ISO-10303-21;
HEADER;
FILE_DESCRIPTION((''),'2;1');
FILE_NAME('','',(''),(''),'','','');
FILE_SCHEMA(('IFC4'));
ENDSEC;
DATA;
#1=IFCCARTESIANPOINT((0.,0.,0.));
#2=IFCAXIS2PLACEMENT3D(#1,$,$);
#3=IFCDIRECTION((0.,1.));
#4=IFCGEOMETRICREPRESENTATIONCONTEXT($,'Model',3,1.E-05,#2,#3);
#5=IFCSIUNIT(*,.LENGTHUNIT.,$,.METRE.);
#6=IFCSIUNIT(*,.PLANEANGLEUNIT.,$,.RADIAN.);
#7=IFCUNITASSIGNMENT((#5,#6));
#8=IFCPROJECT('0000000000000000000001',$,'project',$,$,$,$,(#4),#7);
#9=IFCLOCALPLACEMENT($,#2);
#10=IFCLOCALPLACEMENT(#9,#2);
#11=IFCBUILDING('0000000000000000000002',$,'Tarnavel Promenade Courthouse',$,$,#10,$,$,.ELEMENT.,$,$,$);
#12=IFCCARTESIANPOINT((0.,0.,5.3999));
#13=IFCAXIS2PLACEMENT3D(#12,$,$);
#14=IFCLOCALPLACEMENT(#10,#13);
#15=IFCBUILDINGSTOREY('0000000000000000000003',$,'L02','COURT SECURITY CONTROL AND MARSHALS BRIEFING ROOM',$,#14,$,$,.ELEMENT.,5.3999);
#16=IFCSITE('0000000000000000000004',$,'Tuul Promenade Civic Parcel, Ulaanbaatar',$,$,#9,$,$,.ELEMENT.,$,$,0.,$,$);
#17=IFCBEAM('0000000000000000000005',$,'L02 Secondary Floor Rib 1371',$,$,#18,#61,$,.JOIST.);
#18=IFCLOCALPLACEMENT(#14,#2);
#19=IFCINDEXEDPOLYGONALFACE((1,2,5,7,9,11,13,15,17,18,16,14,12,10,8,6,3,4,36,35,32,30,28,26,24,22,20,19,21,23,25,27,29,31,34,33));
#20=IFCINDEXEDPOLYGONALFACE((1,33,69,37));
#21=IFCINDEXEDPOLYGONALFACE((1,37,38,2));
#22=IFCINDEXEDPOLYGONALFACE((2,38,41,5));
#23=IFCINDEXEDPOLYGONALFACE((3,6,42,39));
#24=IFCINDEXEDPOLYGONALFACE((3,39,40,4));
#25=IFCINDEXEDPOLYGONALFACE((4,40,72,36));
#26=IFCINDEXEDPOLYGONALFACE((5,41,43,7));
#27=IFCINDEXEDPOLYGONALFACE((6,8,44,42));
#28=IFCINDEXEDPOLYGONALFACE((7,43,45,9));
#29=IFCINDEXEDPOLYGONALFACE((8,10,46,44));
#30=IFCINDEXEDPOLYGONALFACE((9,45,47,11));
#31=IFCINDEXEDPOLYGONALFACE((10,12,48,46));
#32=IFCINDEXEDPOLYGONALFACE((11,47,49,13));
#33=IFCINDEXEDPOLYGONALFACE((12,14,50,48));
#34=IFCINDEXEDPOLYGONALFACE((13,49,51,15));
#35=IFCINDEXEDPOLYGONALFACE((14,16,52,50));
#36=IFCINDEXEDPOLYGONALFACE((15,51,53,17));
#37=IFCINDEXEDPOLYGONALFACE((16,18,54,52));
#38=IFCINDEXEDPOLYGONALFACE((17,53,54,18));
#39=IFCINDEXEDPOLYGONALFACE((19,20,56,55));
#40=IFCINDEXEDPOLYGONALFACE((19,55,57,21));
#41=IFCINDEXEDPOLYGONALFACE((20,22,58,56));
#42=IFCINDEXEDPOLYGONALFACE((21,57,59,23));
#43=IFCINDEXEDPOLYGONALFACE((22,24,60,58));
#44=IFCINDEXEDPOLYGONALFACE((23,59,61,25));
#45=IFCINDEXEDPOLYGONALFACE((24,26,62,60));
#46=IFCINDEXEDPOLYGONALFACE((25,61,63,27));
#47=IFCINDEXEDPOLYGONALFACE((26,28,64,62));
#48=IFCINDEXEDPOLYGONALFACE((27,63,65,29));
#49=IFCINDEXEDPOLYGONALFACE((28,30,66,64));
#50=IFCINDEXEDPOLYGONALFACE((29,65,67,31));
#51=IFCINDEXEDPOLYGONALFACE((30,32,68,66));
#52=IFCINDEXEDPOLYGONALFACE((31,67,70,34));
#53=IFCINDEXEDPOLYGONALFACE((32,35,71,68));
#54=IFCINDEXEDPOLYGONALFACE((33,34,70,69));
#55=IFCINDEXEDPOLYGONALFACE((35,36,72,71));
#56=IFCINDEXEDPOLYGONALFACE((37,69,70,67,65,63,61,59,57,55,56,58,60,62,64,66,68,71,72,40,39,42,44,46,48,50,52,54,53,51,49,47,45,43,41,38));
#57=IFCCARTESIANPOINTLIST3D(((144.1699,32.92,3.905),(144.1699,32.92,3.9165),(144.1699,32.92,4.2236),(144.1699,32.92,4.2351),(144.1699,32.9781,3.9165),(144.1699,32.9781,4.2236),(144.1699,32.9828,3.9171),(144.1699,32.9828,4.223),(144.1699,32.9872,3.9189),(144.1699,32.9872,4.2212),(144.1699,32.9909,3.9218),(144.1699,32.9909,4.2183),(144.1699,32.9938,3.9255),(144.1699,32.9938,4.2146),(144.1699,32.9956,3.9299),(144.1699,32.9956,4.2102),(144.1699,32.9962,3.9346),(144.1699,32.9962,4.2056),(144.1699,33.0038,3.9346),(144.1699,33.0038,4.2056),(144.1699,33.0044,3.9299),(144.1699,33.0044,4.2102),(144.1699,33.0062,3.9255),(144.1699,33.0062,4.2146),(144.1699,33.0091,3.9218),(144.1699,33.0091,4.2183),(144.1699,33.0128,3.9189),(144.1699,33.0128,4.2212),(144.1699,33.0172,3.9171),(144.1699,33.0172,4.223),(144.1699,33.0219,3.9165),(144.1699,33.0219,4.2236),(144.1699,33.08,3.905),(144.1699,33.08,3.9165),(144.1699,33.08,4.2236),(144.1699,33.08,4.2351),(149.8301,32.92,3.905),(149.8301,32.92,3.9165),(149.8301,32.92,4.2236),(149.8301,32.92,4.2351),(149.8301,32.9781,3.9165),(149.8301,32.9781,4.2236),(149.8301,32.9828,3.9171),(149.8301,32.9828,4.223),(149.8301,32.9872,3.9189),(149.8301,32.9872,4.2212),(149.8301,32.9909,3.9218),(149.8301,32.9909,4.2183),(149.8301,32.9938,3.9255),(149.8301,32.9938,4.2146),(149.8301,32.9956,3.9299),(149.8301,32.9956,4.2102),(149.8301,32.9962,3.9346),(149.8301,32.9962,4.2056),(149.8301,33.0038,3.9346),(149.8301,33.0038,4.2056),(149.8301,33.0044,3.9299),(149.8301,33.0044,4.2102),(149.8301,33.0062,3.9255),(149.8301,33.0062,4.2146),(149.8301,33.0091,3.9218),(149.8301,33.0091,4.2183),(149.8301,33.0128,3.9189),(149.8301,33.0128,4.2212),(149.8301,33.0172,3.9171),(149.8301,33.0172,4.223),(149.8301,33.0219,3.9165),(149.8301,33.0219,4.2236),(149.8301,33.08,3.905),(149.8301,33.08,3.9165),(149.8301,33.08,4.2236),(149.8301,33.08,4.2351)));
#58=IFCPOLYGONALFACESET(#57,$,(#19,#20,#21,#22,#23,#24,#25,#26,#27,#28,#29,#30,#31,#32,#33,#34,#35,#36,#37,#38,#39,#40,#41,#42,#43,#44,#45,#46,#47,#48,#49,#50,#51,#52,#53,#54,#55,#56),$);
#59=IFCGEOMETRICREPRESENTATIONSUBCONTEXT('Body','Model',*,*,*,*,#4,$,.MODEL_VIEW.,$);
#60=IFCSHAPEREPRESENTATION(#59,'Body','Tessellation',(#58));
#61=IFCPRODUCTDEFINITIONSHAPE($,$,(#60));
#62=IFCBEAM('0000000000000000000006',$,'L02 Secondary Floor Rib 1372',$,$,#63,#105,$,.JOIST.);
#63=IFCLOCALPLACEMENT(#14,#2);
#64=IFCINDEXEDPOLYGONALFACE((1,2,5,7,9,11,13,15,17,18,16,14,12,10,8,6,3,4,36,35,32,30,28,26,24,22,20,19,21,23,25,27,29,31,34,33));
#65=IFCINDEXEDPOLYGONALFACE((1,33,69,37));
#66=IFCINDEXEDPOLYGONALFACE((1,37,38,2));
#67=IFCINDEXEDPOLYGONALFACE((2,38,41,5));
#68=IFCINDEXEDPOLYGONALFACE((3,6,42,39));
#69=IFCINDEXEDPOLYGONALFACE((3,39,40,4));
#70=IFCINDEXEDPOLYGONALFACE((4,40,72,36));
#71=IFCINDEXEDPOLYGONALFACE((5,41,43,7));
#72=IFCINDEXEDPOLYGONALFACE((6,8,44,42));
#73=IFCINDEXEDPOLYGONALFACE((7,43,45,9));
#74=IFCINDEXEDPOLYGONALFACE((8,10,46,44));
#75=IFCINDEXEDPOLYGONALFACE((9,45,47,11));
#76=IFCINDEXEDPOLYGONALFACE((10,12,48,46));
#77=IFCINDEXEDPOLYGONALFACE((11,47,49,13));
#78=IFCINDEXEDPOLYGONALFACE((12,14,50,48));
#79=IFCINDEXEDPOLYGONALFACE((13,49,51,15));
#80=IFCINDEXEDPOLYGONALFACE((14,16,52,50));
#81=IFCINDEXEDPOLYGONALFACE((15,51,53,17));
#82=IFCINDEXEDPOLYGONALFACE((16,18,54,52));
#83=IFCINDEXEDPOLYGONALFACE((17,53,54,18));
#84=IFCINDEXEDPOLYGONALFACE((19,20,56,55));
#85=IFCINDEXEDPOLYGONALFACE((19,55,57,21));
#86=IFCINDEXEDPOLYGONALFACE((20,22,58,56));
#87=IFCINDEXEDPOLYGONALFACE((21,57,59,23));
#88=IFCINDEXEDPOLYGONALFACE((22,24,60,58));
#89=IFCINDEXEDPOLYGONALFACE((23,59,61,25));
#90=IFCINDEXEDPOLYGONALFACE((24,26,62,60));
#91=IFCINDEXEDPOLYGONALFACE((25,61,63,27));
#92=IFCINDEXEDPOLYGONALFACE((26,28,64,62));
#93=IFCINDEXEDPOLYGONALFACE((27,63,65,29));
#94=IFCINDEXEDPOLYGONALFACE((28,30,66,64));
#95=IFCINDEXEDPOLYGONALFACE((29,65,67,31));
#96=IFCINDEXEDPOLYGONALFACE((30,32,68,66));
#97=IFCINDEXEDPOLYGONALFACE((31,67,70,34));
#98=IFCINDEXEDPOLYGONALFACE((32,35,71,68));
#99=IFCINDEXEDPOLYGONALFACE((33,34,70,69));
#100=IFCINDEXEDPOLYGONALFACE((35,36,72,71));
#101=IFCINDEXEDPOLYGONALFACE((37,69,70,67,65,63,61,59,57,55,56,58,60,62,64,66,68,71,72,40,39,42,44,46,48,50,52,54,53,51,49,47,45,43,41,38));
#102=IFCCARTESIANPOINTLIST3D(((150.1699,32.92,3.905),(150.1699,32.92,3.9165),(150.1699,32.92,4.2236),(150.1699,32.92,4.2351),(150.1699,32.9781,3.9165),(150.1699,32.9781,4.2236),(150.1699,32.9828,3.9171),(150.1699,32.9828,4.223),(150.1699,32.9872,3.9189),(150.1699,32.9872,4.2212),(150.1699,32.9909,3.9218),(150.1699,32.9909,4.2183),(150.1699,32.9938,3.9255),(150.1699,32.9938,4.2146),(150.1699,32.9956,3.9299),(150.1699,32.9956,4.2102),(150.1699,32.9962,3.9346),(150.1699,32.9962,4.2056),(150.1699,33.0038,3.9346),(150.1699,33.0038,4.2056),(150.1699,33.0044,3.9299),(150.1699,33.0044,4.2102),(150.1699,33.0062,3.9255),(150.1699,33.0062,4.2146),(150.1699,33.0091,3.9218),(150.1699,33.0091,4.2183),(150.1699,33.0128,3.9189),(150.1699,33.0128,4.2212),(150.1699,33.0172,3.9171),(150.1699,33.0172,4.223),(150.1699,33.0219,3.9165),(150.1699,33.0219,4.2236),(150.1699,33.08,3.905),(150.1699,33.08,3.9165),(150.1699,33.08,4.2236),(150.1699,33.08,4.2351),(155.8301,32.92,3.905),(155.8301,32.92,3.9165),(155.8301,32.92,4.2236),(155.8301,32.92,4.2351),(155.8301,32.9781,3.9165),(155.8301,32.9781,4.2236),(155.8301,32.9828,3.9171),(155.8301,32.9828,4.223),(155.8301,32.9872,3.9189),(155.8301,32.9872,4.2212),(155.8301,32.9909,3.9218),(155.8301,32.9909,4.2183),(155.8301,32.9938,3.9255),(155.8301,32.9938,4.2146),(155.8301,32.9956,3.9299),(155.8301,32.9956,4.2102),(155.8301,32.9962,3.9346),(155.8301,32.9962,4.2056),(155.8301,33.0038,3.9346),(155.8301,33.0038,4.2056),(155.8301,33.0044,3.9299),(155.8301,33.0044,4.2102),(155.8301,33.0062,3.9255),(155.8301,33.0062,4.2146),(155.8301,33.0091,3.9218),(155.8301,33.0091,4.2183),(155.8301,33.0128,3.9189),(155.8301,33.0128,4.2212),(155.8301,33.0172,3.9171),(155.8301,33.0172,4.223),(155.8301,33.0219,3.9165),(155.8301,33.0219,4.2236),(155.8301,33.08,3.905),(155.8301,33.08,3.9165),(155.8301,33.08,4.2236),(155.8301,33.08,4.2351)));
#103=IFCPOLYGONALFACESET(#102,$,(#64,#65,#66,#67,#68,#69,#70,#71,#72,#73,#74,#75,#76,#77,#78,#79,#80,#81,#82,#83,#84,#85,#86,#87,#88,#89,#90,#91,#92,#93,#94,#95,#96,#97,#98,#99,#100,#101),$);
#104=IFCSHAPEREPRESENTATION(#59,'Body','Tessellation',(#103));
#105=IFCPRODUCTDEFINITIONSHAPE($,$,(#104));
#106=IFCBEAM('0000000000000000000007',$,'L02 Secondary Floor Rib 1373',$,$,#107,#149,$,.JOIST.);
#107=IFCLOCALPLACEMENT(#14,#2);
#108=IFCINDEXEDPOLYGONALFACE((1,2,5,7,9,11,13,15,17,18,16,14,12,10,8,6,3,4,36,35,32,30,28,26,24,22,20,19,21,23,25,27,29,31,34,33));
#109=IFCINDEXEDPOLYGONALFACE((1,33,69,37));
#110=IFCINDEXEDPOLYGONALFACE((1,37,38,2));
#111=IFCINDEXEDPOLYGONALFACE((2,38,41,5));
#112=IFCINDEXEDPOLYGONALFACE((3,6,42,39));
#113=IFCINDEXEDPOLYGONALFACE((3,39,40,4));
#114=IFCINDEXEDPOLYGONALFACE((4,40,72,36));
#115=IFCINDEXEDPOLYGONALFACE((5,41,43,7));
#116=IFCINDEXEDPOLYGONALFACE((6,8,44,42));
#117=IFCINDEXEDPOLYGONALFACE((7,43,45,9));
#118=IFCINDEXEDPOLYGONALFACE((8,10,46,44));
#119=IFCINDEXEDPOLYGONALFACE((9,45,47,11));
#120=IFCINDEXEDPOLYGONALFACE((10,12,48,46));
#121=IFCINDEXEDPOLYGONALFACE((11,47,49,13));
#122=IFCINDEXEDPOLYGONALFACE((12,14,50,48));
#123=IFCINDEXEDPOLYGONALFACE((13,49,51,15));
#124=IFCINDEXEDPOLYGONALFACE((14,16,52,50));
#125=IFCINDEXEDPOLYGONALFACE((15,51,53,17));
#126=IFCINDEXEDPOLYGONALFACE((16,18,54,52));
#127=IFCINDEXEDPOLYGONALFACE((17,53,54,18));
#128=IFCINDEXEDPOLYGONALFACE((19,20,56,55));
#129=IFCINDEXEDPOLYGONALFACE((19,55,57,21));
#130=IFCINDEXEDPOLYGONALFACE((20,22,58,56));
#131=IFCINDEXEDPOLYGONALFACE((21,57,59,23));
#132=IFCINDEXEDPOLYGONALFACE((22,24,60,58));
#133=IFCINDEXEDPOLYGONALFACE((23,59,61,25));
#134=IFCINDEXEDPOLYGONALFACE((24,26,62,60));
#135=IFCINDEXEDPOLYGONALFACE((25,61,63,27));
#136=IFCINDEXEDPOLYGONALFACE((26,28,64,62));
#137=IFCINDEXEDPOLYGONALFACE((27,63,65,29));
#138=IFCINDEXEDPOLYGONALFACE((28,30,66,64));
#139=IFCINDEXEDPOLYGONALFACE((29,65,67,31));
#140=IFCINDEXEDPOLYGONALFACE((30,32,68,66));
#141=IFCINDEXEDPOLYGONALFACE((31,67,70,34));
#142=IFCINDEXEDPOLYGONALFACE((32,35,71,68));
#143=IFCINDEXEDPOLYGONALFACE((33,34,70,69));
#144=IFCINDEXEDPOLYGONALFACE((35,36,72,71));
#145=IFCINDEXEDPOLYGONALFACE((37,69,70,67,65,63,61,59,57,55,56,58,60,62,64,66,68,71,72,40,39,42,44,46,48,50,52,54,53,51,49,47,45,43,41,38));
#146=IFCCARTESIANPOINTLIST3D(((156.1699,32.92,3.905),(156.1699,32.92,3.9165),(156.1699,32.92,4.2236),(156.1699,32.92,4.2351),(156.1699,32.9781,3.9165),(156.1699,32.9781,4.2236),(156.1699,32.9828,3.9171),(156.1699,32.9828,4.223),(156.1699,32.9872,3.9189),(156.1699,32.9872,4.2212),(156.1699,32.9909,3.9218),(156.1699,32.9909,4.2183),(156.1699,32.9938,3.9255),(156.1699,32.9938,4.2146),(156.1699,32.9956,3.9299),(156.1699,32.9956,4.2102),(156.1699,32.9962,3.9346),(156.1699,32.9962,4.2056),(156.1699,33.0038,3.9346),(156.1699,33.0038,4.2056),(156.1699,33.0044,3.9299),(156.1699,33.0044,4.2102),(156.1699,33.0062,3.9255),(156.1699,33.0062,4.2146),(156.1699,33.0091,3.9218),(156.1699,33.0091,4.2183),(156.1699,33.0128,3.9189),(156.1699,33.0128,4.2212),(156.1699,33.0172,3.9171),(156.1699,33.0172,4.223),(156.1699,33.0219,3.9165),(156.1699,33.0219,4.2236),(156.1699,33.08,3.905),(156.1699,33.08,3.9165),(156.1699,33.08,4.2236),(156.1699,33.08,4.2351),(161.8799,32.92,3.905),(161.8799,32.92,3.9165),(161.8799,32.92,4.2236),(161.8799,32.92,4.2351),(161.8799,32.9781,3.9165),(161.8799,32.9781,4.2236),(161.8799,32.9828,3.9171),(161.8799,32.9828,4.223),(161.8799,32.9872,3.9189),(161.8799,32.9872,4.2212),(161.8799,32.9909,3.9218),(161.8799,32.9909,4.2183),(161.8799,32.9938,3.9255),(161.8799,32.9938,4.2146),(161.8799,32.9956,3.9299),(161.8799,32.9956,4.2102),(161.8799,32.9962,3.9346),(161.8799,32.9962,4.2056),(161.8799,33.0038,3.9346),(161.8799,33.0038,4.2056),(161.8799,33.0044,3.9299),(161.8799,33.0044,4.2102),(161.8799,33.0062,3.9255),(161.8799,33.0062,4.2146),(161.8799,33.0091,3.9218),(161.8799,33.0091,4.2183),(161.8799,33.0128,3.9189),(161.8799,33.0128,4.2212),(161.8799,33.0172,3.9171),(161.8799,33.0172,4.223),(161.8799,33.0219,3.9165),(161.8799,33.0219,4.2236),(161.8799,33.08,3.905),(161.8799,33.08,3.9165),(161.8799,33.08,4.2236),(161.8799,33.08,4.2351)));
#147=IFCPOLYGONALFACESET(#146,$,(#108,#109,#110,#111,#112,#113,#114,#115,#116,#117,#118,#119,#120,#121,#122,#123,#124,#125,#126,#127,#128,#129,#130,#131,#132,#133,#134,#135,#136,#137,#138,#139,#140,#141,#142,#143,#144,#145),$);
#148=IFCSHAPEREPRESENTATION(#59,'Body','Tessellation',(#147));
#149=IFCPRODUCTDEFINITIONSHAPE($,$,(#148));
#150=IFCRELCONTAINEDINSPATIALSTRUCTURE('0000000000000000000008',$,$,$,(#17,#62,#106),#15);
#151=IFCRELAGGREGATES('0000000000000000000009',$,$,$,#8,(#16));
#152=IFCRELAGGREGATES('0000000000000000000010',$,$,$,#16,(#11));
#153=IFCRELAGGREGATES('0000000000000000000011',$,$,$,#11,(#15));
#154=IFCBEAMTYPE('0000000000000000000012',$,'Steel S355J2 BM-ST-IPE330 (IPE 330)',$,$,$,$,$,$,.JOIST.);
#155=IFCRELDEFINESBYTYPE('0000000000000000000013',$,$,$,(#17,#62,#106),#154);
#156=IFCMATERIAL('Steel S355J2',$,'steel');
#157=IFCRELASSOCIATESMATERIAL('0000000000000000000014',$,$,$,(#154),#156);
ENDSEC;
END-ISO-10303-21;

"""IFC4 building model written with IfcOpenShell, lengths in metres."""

from ifc_helpers import new_model, si_unit, direction, frame, origin, origin_2d, place, context, subcontext, project, spatial, i_section, extrude, material, material_profile, profile_set, type_object, element, save


model = new_model("IFC4")

# Units and contexts
model_context = context("Model", 3, precision=1e-05, world=origin(), true_north=direction((0.0, 1.0)))
body_context = subcontext(model_context, "Body", "Model", "MODEL_VIEW")
ifc_project = project(units=[si_unit("LENGTHUNIT", "METRE"), si_unit("PLANEANGLEUNIT", "RADIAN")], contexts=[model_context])

# Site, building, storey
site_placement = place(None, origin())
site = spatial("IfcSite", under=ifc_project, at=site_placement, Name="Tuul Promenade Civic Parcel, Ulaanbaatar", CompositionType="ELEMENT", RefElevation=0.0)
building_placement = place(site_placement, origin())
building = spatial("IfcBuilding", under=site, at=building_placement, Name="Tarnavel Promenade Courthouse", CompositionType="ELEMENT")
storey_placement = place(building_placement, frame((0.0, 0.0, 5.3999)))
storey = spatial("IfcBuildingStorey", under=building, at=storey_placement, Name="L02", Description="COURT SECURITY CONTROL AND MARSHALS BRIEFING ROOM", CompositionType="ELEMENT", Elevation=5.3999)

# Beams
ifc_material_1 = material(Name="Steel S355J2", Category="steel")
ifc_material_profile_1 = material_profile(ifc_material_1, i_section(OverallWidth=0.1599, OverallDepth=0.3301, WebThickness=0.0076, FlangeThickness=0.0115, FilletRadius=0.0181, at=origin_2d()), Name="IPE 330")
ifc_profile_set_1 = profile_set([ifc_material_profile_1], Name="Steel S355J2")
beam_type_1 = type_object("IfcBeamType", Name="Steel S355J2 BM-ST-IPE330 (IPE 330)", PredefinedType="JOIST", material=ifc_profile_set_1)
for number, where, z_axis, x_axis, name in (
    (1, (144.1699, 33.0, 4.0701), (1.0, 0.0, 0.0), (0.0, 1.0, 0.0), "L02 Secondary Floor Rib 1371"),
    (2, (150.1699, 33.0, 4.0701), (1.0, 0.0, 0.0), (0.0, 1.0, 0.0), "L02 Secondary Floor Rib 1372"),
):
    element("IfcBeam", number, at=place(storey_placement, frame(where, z_axis=z_axis, x_axis=x_axis)), inside=storey, type_object=beam_type_1, Name=name, PredefinedType="JOIST", context=body_context, shape_type="SweptSolid", body=[
        extrude(i_section(OverallWidth=0.1599, OverallDepth=0.3301, WebThickness=0.0076, FlangeThickness=0.0115, FilletRadius=0.0181, at=origin_2d()), origin(), (0.0, 0.0, 1.0), 5.6602),
    ])
beam_placement = place(storey_placement, frame((156.1699, 33.0, 4.0701), z_axis=(1.0, 0.0, 0.0), x_axis=(0.0, 1.0, 0.0)))
element("IfcBeam", 3, at=beam_placement, inside=storey, type_object=beam_type_1, Name="L02 Secondary Floor Rib 1373", PredefinedType="JOIST", context=body_context, shape_type="SweptSolid", body=[
    extrude(i_section(OverallWidth=0.1599, OverallDepth=0.3301, WebThickness=0.0076, FlangeThickness=0.0115, FilletRadius=0.0181, at=origin_2d()), origin(), (0.0, 0.0, 1.0), 5.71),
])

save(model, "model.ifc")
